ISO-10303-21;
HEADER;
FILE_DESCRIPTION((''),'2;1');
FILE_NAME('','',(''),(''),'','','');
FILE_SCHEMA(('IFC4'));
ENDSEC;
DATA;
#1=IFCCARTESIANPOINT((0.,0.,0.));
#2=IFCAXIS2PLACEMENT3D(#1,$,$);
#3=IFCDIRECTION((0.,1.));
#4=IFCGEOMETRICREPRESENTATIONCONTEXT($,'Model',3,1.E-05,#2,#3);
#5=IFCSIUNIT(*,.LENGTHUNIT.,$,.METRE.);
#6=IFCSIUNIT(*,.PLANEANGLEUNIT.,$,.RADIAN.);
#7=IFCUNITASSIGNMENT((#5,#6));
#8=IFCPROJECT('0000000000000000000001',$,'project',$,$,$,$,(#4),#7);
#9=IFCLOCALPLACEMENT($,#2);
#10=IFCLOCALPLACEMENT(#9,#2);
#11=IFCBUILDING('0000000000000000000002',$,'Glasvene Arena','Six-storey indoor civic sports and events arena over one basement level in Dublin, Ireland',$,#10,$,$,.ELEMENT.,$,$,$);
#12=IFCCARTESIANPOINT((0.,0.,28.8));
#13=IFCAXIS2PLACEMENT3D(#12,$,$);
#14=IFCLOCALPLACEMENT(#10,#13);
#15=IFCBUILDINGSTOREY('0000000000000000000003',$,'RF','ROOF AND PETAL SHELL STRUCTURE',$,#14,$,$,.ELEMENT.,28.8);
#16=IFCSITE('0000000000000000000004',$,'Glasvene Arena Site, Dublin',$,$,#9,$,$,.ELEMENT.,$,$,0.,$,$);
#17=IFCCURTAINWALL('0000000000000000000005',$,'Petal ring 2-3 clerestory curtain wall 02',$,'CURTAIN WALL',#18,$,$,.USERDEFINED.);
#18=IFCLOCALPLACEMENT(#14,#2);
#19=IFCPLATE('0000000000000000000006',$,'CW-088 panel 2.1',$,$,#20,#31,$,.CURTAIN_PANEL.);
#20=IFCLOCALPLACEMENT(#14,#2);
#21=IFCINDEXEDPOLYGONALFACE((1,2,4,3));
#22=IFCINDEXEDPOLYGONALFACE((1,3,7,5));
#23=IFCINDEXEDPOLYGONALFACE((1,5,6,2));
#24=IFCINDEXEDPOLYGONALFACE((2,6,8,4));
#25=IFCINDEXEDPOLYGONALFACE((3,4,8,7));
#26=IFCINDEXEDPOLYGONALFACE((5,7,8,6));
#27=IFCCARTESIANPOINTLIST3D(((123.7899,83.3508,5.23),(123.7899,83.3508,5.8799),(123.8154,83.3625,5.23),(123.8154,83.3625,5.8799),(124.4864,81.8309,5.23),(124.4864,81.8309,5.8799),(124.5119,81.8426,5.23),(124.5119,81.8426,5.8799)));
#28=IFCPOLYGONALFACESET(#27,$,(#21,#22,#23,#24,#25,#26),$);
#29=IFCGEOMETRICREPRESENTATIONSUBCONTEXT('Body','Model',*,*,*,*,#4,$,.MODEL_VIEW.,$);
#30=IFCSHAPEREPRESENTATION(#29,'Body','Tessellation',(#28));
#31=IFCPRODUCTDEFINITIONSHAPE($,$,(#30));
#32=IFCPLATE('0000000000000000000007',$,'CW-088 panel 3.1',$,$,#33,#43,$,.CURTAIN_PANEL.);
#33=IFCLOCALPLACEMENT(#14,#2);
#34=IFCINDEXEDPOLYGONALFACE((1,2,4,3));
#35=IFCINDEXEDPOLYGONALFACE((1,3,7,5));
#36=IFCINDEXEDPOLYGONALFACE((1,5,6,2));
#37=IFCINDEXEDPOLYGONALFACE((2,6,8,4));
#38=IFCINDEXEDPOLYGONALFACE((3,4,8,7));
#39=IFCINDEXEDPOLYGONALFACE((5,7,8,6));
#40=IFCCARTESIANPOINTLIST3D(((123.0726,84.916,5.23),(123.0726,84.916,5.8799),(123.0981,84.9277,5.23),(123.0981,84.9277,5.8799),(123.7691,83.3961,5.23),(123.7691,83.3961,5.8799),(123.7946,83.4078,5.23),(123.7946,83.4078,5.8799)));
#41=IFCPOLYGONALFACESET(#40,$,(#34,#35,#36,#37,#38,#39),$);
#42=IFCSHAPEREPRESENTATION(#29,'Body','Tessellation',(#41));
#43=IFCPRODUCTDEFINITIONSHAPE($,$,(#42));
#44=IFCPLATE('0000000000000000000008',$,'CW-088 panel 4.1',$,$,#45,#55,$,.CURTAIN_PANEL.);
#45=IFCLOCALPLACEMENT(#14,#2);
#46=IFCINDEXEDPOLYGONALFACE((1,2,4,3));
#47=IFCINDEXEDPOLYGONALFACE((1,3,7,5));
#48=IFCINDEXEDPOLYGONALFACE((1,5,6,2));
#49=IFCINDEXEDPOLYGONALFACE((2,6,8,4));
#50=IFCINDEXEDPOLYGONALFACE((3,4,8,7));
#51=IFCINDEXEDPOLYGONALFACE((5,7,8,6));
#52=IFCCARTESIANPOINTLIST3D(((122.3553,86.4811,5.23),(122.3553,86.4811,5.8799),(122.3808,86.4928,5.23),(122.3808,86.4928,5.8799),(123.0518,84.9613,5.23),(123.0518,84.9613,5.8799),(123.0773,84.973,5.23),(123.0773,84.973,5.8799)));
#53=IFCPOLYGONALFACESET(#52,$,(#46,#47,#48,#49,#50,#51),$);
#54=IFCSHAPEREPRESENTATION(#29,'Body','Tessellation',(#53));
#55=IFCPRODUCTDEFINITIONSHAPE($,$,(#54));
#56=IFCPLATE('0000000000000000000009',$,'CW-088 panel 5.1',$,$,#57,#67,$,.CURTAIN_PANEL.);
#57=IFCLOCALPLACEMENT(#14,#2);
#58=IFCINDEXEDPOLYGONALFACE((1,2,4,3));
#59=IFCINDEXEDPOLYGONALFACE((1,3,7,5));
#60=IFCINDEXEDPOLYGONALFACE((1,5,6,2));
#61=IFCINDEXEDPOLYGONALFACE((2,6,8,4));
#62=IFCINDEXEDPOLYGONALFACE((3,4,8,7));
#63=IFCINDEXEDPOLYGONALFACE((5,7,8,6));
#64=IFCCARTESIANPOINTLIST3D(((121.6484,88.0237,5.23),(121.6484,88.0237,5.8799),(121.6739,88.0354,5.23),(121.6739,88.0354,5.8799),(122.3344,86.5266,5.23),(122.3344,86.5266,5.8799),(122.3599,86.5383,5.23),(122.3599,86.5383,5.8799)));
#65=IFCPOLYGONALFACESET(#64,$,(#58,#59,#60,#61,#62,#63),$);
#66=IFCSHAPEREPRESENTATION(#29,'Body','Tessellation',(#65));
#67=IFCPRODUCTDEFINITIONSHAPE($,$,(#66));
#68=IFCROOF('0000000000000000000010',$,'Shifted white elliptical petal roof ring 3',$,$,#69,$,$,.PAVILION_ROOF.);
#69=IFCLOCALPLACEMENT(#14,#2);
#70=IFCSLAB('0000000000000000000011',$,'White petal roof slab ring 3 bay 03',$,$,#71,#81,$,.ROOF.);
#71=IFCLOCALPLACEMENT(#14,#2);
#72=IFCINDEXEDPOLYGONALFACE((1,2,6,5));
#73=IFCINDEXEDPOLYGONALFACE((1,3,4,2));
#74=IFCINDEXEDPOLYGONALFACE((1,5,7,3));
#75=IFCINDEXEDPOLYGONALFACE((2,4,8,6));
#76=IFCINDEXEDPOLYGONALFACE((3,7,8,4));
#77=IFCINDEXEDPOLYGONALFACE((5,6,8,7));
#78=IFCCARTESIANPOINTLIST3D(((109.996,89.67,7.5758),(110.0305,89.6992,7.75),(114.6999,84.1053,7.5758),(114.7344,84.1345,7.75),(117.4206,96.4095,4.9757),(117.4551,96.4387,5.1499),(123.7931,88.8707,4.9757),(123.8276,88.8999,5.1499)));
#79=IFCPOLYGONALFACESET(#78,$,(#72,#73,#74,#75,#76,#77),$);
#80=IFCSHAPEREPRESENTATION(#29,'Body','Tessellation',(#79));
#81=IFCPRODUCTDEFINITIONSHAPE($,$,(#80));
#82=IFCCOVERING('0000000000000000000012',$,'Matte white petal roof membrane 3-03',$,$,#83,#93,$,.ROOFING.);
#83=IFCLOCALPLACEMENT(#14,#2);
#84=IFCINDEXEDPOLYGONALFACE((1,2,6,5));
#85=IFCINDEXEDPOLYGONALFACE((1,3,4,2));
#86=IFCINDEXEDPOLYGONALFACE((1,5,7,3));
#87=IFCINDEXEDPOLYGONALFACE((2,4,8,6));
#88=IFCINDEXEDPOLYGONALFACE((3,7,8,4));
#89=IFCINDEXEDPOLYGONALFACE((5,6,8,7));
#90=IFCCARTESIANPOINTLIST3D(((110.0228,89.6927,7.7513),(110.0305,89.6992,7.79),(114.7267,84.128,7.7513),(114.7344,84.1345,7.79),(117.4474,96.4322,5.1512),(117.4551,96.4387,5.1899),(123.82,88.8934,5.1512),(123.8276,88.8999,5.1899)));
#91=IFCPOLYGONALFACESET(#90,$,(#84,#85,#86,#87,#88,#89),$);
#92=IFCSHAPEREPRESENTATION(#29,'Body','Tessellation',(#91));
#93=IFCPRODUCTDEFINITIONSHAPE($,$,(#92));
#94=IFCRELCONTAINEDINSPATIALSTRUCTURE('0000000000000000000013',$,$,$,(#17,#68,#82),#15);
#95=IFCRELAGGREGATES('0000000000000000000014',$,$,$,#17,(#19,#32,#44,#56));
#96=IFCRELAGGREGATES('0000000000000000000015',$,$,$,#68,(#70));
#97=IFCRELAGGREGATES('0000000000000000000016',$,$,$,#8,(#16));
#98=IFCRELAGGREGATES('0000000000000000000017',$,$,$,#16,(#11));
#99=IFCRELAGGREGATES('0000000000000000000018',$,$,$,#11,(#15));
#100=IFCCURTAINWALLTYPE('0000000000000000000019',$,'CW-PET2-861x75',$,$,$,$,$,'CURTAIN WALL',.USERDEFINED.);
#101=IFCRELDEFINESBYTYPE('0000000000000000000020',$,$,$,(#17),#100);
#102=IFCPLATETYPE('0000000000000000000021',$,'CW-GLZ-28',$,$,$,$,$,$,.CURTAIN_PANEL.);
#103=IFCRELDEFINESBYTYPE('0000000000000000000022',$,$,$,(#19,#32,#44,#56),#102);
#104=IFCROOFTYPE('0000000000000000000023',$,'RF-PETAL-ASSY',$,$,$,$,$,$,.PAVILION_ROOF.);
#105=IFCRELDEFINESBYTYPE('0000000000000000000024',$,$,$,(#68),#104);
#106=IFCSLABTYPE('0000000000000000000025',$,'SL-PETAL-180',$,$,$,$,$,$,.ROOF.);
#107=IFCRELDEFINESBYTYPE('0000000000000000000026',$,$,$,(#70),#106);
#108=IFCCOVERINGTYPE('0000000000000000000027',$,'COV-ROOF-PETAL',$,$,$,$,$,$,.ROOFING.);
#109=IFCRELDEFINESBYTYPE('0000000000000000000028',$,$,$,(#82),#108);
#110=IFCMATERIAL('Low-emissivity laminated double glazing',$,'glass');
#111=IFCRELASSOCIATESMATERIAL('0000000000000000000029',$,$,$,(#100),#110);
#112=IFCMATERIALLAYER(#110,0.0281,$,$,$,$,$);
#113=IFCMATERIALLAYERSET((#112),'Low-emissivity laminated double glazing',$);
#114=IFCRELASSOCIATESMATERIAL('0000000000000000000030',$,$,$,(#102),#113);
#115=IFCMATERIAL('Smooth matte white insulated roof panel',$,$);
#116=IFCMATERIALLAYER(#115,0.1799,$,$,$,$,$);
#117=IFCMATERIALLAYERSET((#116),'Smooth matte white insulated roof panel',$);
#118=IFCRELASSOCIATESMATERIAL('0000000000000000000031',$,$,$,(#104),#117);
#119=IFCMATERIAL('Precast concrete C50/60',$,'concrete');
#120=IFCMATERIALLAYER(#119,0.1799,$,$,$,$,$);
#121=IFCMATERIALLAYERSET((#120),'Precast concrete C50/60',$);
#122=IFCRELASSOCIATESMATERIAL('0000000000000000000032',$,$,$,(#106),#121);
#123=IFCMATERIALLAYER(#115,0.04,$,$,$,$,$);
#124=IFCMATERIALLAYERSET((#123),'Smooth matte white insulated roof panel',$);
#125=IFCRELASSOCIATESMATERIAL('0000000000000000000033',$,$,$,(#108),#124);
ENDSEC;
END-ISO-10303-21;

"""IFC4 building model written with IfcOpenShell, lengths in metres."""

from ifc_helpers import new_model, si_unit, direction, frame, origin, origin_2d, place, context, subcontext, project, spatial, polyline, rectangle, outline, extrude, material, layer, layer_set, type_object, element, aggregate, save


model = new_model("IFC4")

# Units and contexts
model_context = context("Model", 3, precision=1e-05, world=origin(), true_north=direction((0.0, 1.0)))
body_context = subcontext(model_context, "Body", "Model", "MODEL_VIEW")
ifc_project = project(units=[si_unit("LENGTHUNIT", "METRE"), si_unit("PLANEANGLEUNIT", "RADIAN")], contexts=[model_context])

# Site, building, storey
site_placement = place(None, origin())
site = spatial("IfcSite", under=ifc_project, at=site_placement, Name="Glasvene Arena Site, Dublin", CompositionType="ELEMENT", RefElevation=0.0)
building_placement = place(site_placement, origin())
building = spatial("IfcBuilding", under=site, at=building_placement, Name="Glasvene Arena", Description="Six-storey indoor civic sports and events arena over one basement level in Dublin, Ireland", CompositionType="ELEMENT")
storey_placement = place(building_placement, frame((0.0, 0.0, 28.8)))
storey = spatial("IfcBuildingStorey", under=building, at=storey_placement, Name="RF", Description="ROOF AND PETAL SHELL STRUCTURE", CompositionType="ELEMENT", Elevation=28.8)

# Shared definitions
ifc_material_1 = material(Name="Low-emissivity laminated double glazing", Category="glass")

# Curtain wall
curtain_wall_type_1 = type_object("IfcCurtainWallType", Name="CW-PET2-861x75", ElementType="CURTAIN WALL", PredefinedType="USERDEFINED", material=ifc_material_1)
curtain_wall_1_placement = place(storey_placement, frame((125.2268, 80.2488, 0.0)))
curtain_wall_1 = element("IfcCurtainWall", 1, at=curtain_wall_1_placement, inside=storey, type_object=curtain_wall_type_1, Name="Petal ring 2-3 clerestory curtain wall 02", ObjectType="CURTAIN WALL", PredefinedType="USERDEFINED")

# Plates
ifc_layer_1 = layer(ifc_material_1, 0.0281)
ifc_layer_set_1 = layer_set([ifc_layer_1], Name="Low-emissivity laminated double glazing")
plate_type = type_object("IfcPlateType", Name="CW-GLZ-28", PredefinedType="CURTAIN_PANEL", material=ifc_layer_set_1)
plate_1_placement = place(storey_placement, frame((124.1509, 82.5967, 5.23), z_axis=(0.0, 0.0, 1.0), x_axis=(-0.416592, 0.909094, 0.0)))
plate_1 = element("IfcPlate", 2, at=plate_1_placement, type_object=plate_type, Name="CW-088 panel 2.1", PredefinedType="CURTAIN_PANEL", context=body_context, shape_type="SweptSolid", body=[
    extrude(rectangle(XDim=1.6719, YDim=0.0281, at=origin_2d()), origin(), (0.0, 0.0, 1.0), 0.6499),
])
plate_2_placement = place(storey_placement, frame((123.4336, 84.1619, 5.23), z_axis=(0.0, 0.0, 1.0), x_axis=(-0.416592, 0.909094, 0.0)))
plate_2 = element("IfcPlate", 3, at=plate_2_placement, type_object=plate_type, Name="CW-088 panel 3.1", PredefinedType="CURTAIN_PANEL", context=body_context, shape_type="SweptSolid", body=[
    extrude(rectangle(XDim=1.6719, YDim=0.0281, at=origin_2d()), origin(), (0.0, 0.0, 1.0), 0.6499),
])
plate_3_placement = place(storey_placement, frame((122.7163, 85.7271, 5.23), z_axis=(0.0, 0.0, 1.0), x_axis=(-0.416592, 0.909094, 0.0)))
plate_3 = element("IfcPlate", 4, at=plate_3_placement, type_object=plate_type, Name="CW-088 panel 4.1", PredefinedType="CURTAIN_PANEL", context=body_context, shape_type="SweptSolid", body=[
    extrude(rectangle(XDim=1.6719, YDim=0.0281, at=origin_2d()), origin(), (0.0, 0.0, 1.0), 0.6499),
])
plate_4_placement = place(storey_placement, frame((122.0042, 87.281, 5.23), z_axis=(0.0, 0.0, 1.0), x_axis=(-0.416592, 0.909094, 0.0)))
plate_4 = element("IfcPlate", 5, at=plate_4_placement, type_object=plate_type, Name="CW-088 panel 5.1", PredefinedType="CURTAIN_PANEL", context=body_context, shape_type="SweptSolid", body=[
    extrude(rectangle(XDim=1.6467, YDim=0.0281, at=origin_2d()), origin(), (0.0, 0.0, 1.0), 0.6499),
])
aggregate(curtain_wall_1, [plate_1, plate_2, plate_3, plate_4])

# Roof, slab
ifc_material_2 = material(Name="Smooth matte white insulated roof panel")
ifc_layer_2 = layer(ifc_material_2, 0.1799)
ifc_layer_set_2 = layer_set([ifc_layer_2], Name="Smooth matte white insulated roof panel")
roof_type = type_object("IfcRoofType", Name="RF-PETAL-ASSY", PredefinedType="PAVILION_ROOF", material=ifc_layer_set_2)
roof_placement = place(storey_placement, frame((89.1001, 70.7, 5.1499)))
roof = element("IfcRoof", 6, at=roof_placement, inside=storey, type_object=roof_type, Name="Shifted white elliptical petal roof ring 3", PredefinedType="PAVILION_ROOF")
ifc_material_3 = material(Name="Precast concrete C50/60", Category="concrete")
ifc_layer_3 = layer(ifc_material_3, 0.1799)
ifc_layer_set_3 = layer_set([ifc_layer_3], Name="Precast concrete C50/60")
slab_type = type_object("IfcSlabType", Name="SL-PETAL-180", PredefinedType="ROOF", material=ifc_layer_set_3)
slab_placement = place(storey_placement, frame((123.8276, 88.8999, 5.1499), z_axis=(0.191805, 0.162133, 0.967948), x_axis=(-0.645562, 0.763708, 0.0)))
slab = element("IfcSlab", 7, at=slab_placement, type_object=slab_type, Name="White petal roof slab ring 3 bay 03", PredefinedType="ROOF", context=body_context, shape_type="SweptSolid", body=[
    extrude(outline(polyline([(0.0, 0.0), (9.8713, 0.0), (9.5173, 10.3528), (2.2309, 10.3528), (0.0, 0.0)])), origin(), (0.0, 0.0, -1.0), 0.1799),
])
aggregate(roof, [slab])

# Covering
ifc_layer_4 = layer(ifc_material_2, 0.04)
ifc_layer_set_4 = layer_set([ifc_layer_4], Name="Smooth matte white insulated roof panel")
covering_type = type_object("IfcCoveringType", Name="COV-ROOF-PETAL", PredefinedType="ROOFING", material=ifc_layer_set_4)
covering_placement = place(storey_placement, frame((123.8276, 88.8999, 5.1899), z_axis=(0.191805, 0.162133, 0.967948), x_axis=(-0.645562, 0.763708, 0.0)))
element("IfcCovering", 8, at=covering_placement, inside=storey, type_object=covering_type, Name="Matte white petal roof membrane 3-03", PredefinedType="ROOFING", context=body_context, shape_type="SweptSolid", body=[
    extrude(outline(polyline([(0.0, 0.0), (9.8713, 0.0), (9.5173, 10.3528), (2.2309, 10.3528), (0.0, 0.0)])), origin(), (0.0, 0.0, -1.0), 0.04),
])

save(model, "model.ifc")
